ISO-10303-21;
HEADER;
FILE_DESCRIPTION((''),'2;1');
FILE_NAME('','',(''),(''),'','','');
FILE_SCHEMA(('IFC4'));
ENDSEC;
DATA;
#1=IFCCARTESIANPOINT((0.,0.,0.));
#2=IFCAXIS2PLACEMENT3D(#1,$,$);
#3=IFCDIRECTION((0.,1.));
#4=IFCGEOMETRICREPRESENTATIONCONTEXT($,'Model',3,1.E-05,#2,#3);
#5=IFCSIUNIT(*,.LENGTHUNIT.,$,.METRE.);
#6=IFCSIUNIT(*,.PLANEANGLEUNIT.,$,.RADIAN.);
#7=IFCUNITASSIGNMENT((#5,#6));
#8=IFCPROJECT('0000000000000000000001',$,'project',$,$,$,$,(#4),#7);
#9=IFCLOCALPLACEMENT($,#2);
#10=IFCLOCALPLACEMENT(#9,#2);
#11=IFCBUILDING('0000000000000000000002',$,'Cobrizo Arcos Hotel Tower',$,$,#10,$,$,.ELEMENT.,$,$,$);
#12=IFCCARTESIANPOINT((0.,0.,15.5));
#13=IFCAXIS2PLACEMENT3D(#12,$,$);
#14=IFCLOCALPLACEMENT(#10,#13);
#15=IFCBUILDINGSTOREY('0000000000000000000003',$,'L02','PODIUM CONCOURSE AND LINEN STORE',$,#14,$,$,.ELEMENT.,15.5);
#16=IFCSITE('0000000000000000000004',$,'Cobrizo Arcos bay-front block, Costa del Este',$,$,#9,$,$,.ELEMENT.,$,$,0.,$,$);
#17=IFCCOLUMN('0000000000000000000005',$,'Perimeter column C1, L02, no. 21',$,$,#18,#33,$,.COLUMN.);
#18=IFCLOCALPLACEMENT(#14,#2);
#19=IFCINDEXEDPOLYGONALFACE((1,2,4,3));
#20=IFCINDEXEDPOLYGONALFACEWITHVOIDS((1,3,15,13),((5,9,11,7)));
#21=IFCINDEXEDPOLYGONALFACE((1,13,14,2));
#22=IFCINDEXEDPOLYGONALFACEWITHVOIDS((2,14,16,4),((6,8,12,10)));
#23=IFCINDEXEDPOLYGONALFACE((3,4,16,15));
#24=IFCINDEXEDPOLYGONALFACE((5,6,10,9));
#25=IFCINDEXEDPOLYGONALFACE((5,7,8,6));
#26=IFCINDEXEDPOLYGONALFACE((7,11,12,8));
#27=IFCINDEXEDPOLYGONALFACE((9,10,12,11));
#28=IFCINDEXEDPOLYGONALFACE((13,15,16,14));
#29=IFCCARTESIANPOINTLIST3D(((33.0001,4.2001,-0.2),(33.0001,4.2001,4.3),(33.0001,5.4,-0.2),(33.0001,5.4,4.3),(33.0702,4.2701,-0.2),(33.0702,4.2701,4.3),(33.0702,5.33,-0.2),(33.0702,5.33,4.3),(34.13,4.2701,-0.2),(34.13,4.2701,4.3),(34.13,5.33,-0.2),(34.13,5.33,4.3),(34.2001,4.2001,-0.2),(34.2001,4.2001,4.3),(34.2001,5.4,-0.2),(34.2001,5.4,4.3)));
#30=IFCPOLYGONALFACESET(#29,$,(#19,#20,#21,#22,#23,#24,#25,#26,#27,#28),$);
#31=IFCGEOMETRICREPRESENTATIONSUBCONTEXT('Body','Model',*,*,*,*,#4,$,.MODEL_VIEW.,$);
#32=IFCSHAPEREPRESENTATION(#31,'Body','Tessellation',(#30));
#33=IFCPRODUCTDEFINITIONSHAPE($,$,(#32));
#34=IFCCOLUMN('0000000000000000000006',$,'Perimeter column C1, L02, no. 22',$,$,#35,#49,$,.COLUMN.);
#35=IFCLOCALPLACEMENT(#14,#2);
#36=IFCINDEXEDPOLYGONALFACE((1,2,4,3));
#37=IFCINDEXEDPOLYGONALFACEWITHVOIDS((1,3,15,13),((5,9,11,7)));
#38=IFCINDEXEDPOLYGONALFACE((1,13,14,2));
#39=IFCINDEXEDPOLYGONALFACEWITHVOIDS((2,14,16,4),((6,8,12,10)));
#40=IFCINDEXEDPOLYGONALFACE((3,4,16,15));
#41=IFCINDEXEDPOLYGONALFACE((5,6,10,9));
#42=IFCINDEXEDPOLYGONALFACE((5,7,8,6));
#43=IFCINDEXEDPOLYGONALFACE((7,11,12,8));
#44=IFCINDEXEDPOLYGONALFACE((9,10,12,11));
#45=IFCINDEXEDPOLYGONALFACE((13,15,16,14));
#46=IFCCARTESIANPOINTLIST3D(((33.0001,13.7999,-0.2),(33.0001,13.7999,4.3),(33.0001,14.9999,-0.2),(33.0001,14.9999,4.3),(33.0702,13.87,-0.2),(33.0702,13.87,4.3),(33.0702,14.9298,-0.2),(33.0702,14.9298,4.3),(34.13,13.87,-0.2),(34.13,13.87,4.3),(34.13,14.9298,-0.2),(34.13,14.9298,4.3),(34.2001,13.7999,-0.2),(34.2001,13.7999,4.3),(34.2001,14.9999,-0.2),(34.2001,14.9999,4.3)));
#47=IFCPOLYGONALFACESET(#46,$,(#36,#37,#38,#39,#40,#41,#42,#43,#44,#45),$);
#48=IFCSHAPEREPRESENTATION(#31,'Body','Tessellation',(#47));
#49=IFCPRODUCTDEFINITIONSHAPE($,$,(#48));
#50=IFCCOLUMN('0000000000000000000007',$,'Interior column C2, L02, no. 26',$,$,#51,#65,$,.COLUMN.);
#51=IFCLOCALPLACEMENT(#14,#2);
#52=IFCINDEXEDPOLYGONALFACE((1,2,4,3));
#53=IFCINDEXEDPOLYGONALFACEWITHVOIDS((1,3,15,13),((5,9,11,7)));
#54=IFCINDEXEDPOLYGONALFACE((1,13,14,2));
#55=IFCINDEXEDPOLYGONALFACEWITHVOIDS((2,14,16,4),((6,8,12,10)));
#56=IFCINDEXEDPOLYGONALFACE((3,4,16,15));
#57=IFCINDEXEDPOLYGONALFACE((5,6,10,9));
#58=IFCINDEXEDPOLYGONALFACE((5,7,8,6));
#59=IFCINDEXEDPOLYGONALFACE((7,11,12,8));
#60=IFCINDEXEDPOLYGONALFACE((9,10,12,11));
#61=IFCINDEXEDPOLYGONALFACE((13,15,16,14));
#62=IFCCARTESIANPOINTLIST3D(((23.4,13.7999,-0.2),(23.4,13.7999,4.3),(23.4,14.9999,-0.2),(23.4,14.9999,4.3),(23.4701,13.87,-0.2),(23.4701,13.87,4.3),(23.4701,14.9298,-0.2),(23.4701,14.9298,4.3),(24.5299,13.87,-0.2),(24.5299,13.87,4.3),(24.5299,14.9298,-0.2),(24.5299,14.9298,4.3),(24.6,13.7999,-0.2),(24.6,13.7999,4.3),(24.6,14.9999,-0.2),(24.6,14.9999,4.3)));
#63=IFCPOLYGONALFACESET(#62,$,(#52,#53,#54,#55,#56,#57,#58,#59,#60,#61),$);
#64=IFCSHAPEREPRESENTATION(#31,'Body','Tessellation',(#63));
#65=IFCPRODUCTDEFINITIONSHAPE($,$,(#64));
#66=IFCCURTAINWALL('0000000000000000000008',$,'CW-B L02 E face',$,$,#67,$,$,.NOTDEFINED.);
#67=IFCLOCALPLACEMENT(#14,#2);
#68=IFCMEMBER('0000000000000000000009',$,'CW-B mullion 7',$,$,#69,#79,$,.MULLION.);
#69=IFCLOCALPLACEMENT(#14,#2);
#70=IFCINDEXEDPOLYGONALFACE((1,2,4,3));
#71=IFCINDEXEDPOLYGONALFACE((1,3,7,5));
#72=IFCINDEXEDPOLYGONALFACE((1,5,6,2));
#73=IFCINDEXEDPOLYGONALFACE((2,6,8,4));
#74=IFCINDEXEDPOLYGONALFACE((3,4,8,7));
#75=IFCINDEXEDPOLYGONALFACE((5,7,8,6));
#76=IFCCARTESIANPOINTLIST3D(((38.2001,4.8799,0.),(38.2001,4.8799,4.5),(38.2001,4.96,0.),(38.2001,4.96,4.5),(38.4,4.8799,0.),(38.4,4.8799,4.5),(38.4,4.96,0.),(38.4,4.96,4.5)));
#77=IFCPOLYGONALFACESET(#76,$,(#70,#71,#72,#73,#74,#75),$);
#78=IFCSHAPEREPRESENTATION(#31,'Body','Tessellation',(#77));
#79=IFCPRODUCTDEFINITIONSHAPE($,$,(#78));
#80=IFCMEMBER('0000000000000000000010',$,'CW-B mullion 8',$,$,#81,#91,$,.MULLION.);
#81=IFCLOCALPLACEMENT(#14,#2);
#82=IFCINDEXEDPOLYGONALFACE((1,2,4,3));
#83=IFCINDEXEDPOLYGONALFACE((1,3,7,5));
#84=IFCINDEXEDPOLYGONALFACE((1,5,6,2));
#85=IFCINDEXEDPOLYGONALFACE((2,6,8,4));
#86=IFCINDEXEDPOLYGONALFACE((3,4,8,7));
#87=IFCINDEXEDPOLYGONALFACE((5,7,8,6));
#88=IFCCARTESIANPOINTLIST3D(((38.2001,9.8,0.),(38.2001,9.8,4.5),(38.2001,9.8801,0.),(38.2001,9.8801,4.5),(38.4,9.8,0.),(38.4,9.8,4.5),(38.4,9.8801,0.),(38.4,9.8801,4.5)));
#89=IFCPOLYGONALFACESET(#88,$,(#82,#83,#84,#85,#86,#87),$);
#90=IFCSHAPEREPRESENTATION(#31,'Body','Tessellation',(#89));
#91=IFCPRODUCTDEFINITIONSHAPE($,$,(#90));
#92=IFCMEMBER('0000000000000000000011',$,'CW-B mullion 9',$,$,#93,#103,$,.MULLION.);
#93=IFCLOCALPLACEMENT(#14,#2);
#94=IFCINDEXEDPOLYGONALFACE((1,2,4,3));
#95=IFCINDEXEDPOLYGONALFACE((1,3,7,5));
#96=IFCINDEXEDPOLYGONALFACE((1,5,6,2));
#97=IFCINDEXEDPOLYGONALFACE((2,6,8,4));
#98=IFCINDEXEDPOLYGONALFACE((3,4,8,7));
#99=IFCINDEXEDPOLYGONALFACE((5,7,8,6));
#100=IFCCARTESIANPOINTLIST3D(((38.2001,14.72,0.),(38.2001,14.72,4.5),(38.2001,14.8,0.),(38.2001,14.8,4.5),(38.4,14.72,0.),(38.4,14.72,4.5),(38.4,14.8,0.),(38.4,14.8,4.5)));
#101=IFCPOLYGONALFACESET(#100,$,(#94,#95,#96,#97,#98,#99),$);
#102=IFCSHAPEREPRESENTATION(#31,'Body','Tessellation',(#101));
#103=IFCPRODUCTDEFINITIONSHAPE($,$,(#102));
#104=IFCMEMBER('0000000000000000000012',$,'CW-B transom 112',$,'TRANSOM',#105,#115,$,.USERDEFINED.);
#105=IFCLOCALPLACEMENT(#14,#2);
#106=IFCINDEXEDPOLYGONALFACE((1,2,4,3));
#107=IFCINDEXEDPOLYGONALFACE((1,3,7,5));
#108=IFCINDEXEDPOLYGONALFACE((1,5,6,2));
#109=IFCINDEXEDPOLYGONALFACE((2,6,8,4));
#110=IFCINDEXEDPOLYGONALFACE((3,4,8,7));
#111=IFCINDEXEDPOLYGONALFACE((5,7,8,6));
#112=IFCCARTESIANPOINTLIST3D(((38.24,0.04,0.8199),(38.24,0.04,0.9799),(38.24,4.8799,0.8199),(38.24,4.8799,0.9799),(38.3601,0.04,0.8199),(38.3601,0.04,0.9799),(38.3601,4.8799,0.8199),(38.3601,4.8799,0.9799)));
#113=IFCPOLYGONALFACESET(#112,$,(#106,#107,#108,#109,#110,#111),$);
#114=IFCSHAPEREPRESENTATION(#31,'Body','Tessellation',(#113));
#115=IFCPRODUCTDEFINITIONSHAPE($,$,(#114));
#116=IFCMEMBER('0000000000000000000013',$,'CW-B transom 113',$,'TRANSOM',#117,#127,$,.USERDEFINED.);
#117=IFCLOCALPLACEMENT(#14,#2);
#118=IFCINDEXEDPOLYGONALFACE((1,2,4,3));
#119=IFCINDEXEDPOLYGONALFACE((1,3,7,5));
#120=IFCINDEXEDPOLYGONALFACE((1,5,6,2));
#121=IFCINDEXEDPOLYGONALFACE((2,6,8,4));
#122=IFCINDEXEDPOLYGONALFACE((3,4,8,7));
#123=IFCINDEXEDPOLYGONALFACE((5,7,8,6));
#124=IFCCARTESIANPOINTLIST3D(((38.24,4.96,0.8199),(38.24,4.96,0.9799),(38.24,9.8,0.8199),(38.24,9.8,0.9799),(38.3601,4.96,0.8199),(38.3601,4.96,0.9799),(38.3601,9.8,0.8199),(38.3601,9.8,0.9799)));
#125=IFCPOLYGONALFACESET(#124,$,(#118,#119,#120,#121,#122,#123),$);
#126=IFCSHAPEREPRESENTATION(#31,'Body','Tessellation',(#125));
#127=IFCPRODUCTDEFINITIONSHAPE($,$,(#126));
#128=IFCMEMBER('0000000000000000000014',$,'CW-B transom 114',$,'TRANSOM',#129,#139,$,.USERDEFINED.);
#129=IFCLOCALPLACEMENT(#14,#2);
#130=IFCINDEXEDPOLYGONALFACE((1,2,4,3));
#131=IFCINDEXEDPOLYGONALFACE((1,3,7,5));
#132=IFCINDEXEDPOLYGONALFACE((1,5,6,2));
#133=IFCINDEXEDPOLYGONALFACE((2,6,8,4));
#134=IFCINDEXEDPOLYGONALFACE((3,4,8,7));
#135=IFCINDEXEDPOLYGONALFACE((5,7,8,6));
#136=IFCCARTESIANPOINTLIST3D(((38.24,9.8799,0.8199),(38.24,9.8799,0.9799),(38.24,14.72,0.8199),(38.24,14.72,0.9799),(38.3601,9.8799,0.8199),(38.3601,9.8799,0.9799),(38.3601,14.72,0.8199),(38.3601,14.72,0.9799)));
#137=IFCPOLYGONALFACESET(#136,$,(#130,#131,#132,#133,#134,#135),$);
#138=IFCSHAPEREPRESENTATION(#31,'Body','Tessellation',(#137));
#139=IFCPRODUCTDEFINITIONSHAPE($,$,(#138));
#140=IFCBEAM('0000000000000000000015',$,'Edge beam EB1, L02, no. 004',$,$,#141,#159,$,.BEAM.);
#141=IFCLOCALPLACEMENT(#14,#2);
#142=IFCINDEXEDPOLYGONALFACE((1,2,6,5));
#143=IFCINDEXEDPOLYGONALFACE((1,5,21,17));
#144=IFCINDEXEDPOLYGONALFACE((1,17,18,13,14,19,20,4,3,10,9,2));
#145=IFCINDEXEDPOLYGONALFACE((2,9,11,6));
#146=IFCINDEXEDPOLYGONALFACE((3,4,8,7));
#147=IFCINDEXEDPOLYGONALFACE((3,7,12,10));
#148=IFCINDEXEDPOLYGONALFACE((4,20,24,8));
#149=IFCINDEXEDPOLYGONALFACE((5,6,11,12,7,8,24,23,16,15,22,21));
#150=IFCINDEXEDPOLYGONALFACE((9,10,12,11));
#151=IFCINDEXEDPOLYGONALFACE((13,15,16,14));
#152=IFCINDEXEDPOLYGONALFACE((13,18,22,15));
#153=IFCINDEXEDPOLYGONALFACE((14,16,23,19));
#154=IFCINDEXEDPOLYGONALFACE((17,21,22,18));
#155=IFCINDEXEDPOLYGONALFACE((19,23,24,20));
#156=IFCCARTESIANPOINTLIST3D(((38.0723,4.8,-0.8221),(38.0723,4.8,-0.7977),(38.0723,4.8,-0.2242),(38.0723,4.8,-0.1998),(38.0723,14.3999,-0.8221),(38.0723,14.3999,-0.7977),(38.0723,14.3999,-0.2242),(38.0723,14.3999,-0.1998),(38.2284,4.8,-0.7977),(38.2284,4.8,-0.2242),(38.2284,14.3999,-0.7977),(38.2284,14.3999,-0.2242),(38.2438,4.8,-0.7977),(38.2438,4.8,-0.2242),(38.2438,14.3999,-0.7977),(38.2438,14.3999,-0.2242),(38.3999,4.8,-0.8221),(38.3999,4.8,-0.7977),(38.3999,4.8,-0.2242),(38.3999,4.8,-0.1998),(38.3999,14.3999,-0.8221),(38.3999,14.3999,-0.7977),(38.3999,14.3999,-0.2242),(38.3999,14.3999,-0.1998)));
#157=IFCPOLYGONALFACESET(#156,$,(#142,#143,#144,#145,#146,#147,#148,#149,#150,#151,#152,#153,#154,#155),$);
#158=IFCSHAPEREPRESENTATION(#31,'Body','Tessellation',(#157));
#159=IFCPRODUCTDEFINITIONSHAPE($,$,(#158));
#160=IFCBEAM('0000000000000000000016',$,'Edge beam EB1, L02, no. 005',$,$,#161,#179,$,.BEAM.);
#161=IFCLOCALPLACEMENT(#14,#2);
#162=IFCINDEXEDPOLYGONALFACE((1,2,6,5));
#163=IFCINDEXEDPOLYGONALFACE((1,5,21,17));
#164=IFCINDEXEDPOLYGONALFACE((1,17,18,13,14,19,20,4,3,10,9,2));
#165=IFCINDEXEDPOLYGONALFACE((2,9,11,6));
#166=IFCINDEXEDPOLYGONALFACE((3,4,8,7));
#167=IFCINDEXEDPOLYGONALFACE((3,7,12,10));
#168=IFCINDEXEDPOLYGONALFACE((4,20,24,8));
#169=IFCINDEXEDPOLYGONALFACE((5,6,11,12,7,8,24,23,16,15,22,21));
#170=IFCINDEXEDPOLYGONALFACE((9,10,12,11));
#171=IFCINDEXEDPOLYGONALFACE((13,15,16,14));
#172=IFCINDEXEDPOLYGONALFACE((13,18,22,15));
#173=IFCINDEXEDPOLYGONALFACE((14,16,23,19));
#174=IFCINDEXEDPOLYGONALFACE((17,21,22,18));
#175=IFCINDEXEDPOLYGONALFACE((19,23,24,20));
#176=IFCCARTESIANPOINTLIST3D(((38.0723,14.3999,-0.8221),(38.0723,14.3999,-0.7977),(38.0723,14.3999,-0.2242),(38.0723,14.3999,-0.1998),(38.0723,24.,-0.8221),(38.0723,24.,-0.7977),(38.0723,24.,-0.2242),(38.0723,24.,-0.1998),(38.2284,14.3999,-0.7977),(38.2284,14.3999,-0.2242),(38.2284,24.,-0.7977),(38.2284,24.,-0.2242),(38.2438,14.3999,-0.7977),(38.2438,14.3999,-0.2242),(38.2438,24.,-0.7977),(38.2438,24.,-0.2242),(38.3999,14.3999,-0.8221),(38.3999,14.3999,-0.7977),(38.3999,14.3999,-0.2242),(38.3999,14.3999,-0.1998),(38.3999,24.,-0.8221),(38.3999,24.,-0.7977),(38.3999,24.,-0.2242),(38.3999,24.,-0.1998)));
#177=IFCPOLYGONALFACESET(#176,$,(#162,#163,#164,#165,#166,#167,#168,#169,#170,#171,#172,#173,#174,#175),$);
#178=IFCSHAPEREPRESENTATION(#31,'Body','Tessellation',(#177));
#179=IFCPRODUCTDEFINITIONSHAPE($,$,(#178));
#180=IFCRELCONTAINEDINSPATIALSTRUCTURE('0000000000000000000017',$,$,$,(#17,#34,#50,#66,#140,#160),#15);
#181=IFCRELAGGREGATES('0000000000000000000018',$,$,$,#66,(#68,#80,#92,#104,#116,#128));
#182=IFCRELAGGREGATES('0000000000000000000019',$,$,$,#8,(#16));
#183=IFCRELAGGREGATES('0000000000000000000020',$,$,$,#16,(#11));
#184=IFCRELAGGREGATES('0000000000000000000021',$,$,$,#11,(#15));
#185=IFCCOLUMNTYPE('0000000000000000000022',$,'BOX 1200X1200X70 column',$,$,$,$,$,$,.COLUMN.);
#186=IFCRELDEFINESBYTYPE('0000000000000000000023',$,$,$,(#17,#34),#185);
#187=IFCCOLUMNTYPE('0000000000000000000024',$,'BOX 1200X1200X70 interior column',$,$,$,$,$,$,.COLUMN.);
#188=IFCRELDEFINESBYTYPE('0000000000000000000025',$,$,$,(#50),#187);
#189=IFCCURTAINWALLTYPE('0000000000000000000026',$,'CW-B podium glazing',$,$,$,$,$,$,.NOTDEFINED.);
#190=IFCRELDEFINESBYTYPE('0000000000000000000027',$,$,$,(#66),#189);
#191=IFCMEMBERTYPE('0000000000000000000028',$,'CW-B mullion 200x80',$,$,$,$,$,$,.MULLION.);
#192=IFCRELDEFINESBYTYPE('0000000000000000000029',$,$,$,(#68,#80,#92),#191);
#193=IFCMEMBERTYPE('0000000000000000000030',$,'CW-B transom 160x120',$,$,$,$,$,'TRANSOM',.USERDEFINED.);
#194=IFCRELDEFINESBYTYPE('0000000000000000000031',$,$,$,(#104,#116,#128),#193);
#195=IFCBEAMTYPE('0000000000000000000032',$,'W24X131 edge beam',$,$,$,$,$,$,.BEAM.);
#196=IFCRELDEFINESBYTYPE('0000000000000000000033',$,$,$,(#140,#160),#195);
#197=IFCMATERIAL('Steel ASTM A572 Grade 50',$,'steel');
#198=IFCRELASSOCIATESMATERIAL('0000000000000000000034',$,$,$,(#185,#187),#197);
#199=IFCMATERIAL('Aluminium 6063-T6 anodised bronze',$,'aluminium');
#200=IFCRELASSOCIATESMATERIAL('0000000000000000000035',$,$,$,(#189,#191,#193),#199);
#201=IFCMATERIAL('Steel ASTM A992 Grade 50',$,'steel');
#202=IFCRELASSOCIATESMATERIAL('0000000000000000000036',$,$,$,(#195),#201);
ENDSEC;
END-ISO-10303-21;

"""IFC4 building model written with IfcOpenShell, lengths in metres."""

from ifc_helpers import new_model, si_unit, direction, frame, origin, origin_2d, place, context, subcontext, project, spatial, rectangle, hollow_rectangle, i_section, extrude, material, material_profile, profile_set, type_object, element, aggregate, save


model = new_model("IFC4")

# Units and contexts
model_context = context("Model", 3, precision=1e-05, world=origin(), true_north=direction((0.0, 1.0)))
body_context = subcontext(model_context, "Body", "Model", "MODEL_VIEW")
ifc_project = project(units=[si_unit("LENGTHUNIT", "METRE"), si_unit("PLANEANGLEUNIT", "RADIAN")], contexts=[model_context])

# Site, building, storey
site_placement = place(None, origin())
site = spatial("IfcSite", under=ifc_project, at=site_placement, Name="Cobrizo Arcos bay-front block, Costa del Este", CompositionType="ELEMENT", RefElevation=0.0)
building_placement = place(site_placement, origin())
building = spatial("IfcBuilding", under=site, at=building_placement, Name="Cobrizo Arcos Hotel Tower", CompositionType="ELEMENT")
storey_placement = place(building_placement, frame((0.0, 0.0, 15.5)))
storey = spatial("IfcBuildingStorey", under=building, at=storey_placement, Name="L02", Description="PODIUM CONCOURSE AND LINEN STORE", CompositionType="ELEMENT", Elevation=15.5)

# Columns
ifc_material_1 = material(Name="Steel ASTM A572 Grade 50", Category="steel")
ifc_material_profile_1 = material_profile(ifc_material_1, hollow_rectangle(XDim=1.2, YDim=1.2, WallThickness=0.0701, at=origin_2d()), Name="BOX 1200X1200X70")
ifc_profile_set_1 = profile_set([ifc_material_profile_1], Name="Steel ASTM A572 Grade 50")
column_type_1 = type_object("IfcColumnType", Name="BOX 1200X1200X70 column", PredefinedType="COLUMN", material=ifc_profile_set_1)
for number, where, z_axis, x_axis, name in (
    (1, (33.6001, 4.8, -0.2), (0.0, 0.0, 1.0), (1.0, 0.0, 0.0), "Perimeter column C1, L02, no. 21"),
    (2, (33.6001, 14.3999, -0.2), (0.0, 0.0, 1.0), (1.0, 0.0, 0.0), "Perimeter column C1, L02, no. 22"),
):
    element("IfcColumn", number, at=place(storey_placement, frame(where, z_axis=z_axis, x_axis=x_axis)), inside=storey, type_object=column_type_1, Name=name, PredefinedType="COLUMN", context=body_context, shape_type="SweptSolid", body=[
        extrude(hollow_rectangle(XDim=1.2, YDim=1.2, WallThickness=0.0701, at=origin_2d()), origin(), (0.0, 0.0, 1.0), 4.5),
    ])
ifc_material_profile_2 = material_profile(ifc_material_1, hollow_rectangle(XDim=1.2, YDim=1.2, WallThickness=0.0701, at=origin_2d()), Name="BOX 1200X1200X70")
ifc_profile_set_2 = profile_set([ifc_material_profile_2], Name="Steel ASTM A572 Grade 50")
column_type_2 = type_object("IfcColumnType", Name="BOX 1200X1200X70 interior column", PredefinedType="COLUMN", material=ifc_profile_set_2)
column_placement = place(storey_placement, frame((24.0, 14.3999, -0.2), z_axis=(0.0, 0.0, 1.0), x_axis=(1.0, 0.0, 0.0)))
element("IfcColumn", 3, at=column_placement, inside=storey, type_object=column_type_2, Name="Interior column C2, L02, no. 26", PredefinedType="COLUMN", context=body_context, shape_type="SweptSolid", body=[
    extrude(hollow_rectangle(XDim=1.2, YDim=1.2, WallThickness=0.0701, at=origin_2d()), origin(), (0.0, 0.0, 1.0), 4.5),
])

# Curtain wall, members
ifc_material_2 = material(Name="Aluminium 6063-T6 anodised bronze", Category="aluminium")
curtain_wall_type = type_object("IfcCurtainWallType", Name="CW-B podium glazing", PredefinedType="NOTDEFINED", material=ifc_material_2)
curtain_wall_placement = place(storey_placement, origin())
curtain_wall = element("IfcCurtainWall", 4, at=curtain_wall_placement, inside=storey, type_object=curtain_wall_type, Name="CW-B L02 E face", PredefinedType="NOTDEFINED")
ifc_material_profile_3 = material_profile(ifc_material_2, rectangle(XDim=0.2, YDim=0.0801, at=origin_2d()), Name="CW-B mullion 200x80")
ifc_profile_set_3 = profile_set([ifc_material_profile_3], Name="Aluminium 6063-T6 anodised bronze")
member_type_1 = type_object("IfcMemberType", Name="CW-B mullion 200x80", PredefinedType="MULLION", material=ifc_profile_set_3)
member_1_placement = place(storey_placement, frame((38.3, 4.9199, 0.0), z_axis=(0.0, 0.0, 1.0), x_axis=(1.0, 0.0, 0.0)))
member_1 = element("IfcMember", 5, at=member_1_placement, type_object=member_type_1, Name="CW-B mullion 7", PredefinedType="MULLION", context=body_context, shape_type="SweptSolid", body=[
    extrude(rectangle(XDim=0.2, YDim=0.0801, at=origin_2d()), origin(), (0.0, 0.0, 1.0), 4.5),
])
member_2_placement = place(storey_placement, frame((38.3, 9.8401, 0.0), z_axis=(0.0, 0.0, 1.0), x_axis=(1.0, 0.0, 0.0)))
member_2 = element("IfcMember", 6, at=member_2_placement, type_object=member_type_1, Name="CW-B mullion 8", PredefinedType="MULLION", context=body_context, shape_type="SweptSolid", body=[
    extrude(rectangle(XDim=0.2, YDim=0.0801, at=origin_2d()), origin(), (0.0, 0.0, 1.0), 4.5),
])
member_3_placement = place(storey_placement, frame((38.3, 14.76, 0.0), z_axis=(0.0, 0.0, 1.0), x_axis=(1.0, 0.0, 0.0)))
member_3 = element("IfcMember", 7, at=member_3_placement, type_object=member_type_1, Name="CW-B mullion 9", PredefinedType="MULLION", context=body_context, shape_type="SweptSolid", body=[
    extrude(rectangle(XDim=0.2, YDim=0.0801, at=origin_2d()), origin(), (0.0, 0.0, 1.0), 4.5),
])
ifc_material_profile_4 = material_profile(ifc_material_2, rectangle(XDim=0.1201, YDim=0.1599, at=origin_2d()), Name="CW-B transom 160x120")
ifc_profile_set_4 = profile_set([ifc_material_profile_4], Name="Aluminium 6063-T6 anodised bronze")
member_type_2 = type_object("IfcMemberType", Name="CW-B transom 160x120", ElementType="TRANSOM", PredefinedType="USERDEFINED", material=ifc_profile_set_4)
member_4_placement = place(storey_placement, frame((38.3, 0.04, 0.8999), z_axis=(0.0, 1.0, 0.0), x_axis=(-1.0, 0.0, 0.0)))
member_4 = element("IfcMember", 8, at=member_4_placement, type_object=member_type_2, Name="CW-B transom 112", ObjectType="TRANSOM", PredefinedType="USERDEFINED", context=body_context, shape_type="SweptSolid", body=[
    extrude(rectangle(XDim=0.1201, YDim=0.1599, at=origin_2d()), origin(), (0.0, 0.0, 1.0), 4.8398),
])
member_5_placement = place(storey_placement, frame((38.3, 4.96, 0.8999), z_axis=(0.0, 1.0, 0.0), x_axis=(-1.0, 0.0, 0.0)))
member_5 = element("IfcMember", 9, at=member_5_placement, type_object=member_type_2, Name="CW-B transom 113", ObjectType="TRANSOM", PredefinedType="USERDEFINED", context=body_context, shape_type="SweptSolid", body=[
    extrude(rectangle(XDim=0.1201, YDim=0.1599, at=origin_2d()), origin(), (0.0, 0.0, 1.0), 4.8401),
])
member_6_placement = place(storey_placement, frame((38.3, 9.8799, 0.8999), z_axis=(0.0, 1.0, 0.0), x_axis=(-1.0, 0.0, 0.0)))
member_6 = element("IfcMember", 10, at=member_6_placement, type_object=member_type_2, Name="CW-B transom 114", ObjectType="TRANSOM", PredefinedType="USERDEFINED", context=body_context, shape_type="SweptSolid", body=[
    extrude(rectangle(XDim=0.1201, YDim=0.1599, at=origin_2d()), origin(), (0.0, 0.0, 1.0), 4.8401),
])

# Beams
ifc_material_3 = material(Name="Steel ASTM A992 Grade 50", Category="steel")
ifc_material_profile_5 = material_profile(ifc_material_3, i_section(OverallWidth=0.3276, OverallDepth=0.6223, WebThickness=0.0154, FlangeThickness=0.0244, at=origin_2d()), Name="W24X131")
ifc_profile_set_5 = profile_set([ifc_material_profile_5], Name="Steel ASTM A992 Grade 50")
beam_type_1 = type_object("IfcBeamType", Name="W24X131 edge beam", PredefinedType="BEAM", material=ifc_profile_set_5)
beam_1_placement = place(storey_placement, frame((38.2361, 4.8, -0.511), z_axis=(0.0, 1.0, 0.0), x_axis=(-1.0, 0.0, 0.0)))
element("IfcBeam", 11, at=beam_1_placement, inside=storey, type_object=beam_type_1, Name="Edge beam EB1, L02, no. 004", PredefinedType="BEAM", context=body_context, shape_type="SweptSolid", body=[
    extrude(i_section(OverallWidth=0.3276, OverallDepth=0.6223, WebThickness=0.0154, FlangeThickness=0.0244, at=origin_2d()), origin(), (0.0, 0.0, 1.0), 9.5999),
])
beam_2_placement = place(storey_placement, frame((38.2361, 14.3999, -0.511), z_axis=(0.0, 1.0, 0.0), x_axis=(-1.0, 0.0, 0.0)))
element("IfcBeam", 12, at=beam_2_placement, inside=storey, type_object=beam_type_1, Name="Edge beam EB1, L02, no. 005", PredefinedType="BEAM", context=body_context, shape_type="SweptSolid", body=[
    extrude(i_section(OverallWidth=0.3276, OverallDepth=0.6223, WebThickness=0.0154, FlangeThickness=0.0244, at=origin_2d()), origin(), (0.0, 0.0, 1.0), 9.6001),
])

aggregate(curtain_wall, [member_1, member_2, member_3, member_4, member_5, member_6])

save(model, "model.ifc")
